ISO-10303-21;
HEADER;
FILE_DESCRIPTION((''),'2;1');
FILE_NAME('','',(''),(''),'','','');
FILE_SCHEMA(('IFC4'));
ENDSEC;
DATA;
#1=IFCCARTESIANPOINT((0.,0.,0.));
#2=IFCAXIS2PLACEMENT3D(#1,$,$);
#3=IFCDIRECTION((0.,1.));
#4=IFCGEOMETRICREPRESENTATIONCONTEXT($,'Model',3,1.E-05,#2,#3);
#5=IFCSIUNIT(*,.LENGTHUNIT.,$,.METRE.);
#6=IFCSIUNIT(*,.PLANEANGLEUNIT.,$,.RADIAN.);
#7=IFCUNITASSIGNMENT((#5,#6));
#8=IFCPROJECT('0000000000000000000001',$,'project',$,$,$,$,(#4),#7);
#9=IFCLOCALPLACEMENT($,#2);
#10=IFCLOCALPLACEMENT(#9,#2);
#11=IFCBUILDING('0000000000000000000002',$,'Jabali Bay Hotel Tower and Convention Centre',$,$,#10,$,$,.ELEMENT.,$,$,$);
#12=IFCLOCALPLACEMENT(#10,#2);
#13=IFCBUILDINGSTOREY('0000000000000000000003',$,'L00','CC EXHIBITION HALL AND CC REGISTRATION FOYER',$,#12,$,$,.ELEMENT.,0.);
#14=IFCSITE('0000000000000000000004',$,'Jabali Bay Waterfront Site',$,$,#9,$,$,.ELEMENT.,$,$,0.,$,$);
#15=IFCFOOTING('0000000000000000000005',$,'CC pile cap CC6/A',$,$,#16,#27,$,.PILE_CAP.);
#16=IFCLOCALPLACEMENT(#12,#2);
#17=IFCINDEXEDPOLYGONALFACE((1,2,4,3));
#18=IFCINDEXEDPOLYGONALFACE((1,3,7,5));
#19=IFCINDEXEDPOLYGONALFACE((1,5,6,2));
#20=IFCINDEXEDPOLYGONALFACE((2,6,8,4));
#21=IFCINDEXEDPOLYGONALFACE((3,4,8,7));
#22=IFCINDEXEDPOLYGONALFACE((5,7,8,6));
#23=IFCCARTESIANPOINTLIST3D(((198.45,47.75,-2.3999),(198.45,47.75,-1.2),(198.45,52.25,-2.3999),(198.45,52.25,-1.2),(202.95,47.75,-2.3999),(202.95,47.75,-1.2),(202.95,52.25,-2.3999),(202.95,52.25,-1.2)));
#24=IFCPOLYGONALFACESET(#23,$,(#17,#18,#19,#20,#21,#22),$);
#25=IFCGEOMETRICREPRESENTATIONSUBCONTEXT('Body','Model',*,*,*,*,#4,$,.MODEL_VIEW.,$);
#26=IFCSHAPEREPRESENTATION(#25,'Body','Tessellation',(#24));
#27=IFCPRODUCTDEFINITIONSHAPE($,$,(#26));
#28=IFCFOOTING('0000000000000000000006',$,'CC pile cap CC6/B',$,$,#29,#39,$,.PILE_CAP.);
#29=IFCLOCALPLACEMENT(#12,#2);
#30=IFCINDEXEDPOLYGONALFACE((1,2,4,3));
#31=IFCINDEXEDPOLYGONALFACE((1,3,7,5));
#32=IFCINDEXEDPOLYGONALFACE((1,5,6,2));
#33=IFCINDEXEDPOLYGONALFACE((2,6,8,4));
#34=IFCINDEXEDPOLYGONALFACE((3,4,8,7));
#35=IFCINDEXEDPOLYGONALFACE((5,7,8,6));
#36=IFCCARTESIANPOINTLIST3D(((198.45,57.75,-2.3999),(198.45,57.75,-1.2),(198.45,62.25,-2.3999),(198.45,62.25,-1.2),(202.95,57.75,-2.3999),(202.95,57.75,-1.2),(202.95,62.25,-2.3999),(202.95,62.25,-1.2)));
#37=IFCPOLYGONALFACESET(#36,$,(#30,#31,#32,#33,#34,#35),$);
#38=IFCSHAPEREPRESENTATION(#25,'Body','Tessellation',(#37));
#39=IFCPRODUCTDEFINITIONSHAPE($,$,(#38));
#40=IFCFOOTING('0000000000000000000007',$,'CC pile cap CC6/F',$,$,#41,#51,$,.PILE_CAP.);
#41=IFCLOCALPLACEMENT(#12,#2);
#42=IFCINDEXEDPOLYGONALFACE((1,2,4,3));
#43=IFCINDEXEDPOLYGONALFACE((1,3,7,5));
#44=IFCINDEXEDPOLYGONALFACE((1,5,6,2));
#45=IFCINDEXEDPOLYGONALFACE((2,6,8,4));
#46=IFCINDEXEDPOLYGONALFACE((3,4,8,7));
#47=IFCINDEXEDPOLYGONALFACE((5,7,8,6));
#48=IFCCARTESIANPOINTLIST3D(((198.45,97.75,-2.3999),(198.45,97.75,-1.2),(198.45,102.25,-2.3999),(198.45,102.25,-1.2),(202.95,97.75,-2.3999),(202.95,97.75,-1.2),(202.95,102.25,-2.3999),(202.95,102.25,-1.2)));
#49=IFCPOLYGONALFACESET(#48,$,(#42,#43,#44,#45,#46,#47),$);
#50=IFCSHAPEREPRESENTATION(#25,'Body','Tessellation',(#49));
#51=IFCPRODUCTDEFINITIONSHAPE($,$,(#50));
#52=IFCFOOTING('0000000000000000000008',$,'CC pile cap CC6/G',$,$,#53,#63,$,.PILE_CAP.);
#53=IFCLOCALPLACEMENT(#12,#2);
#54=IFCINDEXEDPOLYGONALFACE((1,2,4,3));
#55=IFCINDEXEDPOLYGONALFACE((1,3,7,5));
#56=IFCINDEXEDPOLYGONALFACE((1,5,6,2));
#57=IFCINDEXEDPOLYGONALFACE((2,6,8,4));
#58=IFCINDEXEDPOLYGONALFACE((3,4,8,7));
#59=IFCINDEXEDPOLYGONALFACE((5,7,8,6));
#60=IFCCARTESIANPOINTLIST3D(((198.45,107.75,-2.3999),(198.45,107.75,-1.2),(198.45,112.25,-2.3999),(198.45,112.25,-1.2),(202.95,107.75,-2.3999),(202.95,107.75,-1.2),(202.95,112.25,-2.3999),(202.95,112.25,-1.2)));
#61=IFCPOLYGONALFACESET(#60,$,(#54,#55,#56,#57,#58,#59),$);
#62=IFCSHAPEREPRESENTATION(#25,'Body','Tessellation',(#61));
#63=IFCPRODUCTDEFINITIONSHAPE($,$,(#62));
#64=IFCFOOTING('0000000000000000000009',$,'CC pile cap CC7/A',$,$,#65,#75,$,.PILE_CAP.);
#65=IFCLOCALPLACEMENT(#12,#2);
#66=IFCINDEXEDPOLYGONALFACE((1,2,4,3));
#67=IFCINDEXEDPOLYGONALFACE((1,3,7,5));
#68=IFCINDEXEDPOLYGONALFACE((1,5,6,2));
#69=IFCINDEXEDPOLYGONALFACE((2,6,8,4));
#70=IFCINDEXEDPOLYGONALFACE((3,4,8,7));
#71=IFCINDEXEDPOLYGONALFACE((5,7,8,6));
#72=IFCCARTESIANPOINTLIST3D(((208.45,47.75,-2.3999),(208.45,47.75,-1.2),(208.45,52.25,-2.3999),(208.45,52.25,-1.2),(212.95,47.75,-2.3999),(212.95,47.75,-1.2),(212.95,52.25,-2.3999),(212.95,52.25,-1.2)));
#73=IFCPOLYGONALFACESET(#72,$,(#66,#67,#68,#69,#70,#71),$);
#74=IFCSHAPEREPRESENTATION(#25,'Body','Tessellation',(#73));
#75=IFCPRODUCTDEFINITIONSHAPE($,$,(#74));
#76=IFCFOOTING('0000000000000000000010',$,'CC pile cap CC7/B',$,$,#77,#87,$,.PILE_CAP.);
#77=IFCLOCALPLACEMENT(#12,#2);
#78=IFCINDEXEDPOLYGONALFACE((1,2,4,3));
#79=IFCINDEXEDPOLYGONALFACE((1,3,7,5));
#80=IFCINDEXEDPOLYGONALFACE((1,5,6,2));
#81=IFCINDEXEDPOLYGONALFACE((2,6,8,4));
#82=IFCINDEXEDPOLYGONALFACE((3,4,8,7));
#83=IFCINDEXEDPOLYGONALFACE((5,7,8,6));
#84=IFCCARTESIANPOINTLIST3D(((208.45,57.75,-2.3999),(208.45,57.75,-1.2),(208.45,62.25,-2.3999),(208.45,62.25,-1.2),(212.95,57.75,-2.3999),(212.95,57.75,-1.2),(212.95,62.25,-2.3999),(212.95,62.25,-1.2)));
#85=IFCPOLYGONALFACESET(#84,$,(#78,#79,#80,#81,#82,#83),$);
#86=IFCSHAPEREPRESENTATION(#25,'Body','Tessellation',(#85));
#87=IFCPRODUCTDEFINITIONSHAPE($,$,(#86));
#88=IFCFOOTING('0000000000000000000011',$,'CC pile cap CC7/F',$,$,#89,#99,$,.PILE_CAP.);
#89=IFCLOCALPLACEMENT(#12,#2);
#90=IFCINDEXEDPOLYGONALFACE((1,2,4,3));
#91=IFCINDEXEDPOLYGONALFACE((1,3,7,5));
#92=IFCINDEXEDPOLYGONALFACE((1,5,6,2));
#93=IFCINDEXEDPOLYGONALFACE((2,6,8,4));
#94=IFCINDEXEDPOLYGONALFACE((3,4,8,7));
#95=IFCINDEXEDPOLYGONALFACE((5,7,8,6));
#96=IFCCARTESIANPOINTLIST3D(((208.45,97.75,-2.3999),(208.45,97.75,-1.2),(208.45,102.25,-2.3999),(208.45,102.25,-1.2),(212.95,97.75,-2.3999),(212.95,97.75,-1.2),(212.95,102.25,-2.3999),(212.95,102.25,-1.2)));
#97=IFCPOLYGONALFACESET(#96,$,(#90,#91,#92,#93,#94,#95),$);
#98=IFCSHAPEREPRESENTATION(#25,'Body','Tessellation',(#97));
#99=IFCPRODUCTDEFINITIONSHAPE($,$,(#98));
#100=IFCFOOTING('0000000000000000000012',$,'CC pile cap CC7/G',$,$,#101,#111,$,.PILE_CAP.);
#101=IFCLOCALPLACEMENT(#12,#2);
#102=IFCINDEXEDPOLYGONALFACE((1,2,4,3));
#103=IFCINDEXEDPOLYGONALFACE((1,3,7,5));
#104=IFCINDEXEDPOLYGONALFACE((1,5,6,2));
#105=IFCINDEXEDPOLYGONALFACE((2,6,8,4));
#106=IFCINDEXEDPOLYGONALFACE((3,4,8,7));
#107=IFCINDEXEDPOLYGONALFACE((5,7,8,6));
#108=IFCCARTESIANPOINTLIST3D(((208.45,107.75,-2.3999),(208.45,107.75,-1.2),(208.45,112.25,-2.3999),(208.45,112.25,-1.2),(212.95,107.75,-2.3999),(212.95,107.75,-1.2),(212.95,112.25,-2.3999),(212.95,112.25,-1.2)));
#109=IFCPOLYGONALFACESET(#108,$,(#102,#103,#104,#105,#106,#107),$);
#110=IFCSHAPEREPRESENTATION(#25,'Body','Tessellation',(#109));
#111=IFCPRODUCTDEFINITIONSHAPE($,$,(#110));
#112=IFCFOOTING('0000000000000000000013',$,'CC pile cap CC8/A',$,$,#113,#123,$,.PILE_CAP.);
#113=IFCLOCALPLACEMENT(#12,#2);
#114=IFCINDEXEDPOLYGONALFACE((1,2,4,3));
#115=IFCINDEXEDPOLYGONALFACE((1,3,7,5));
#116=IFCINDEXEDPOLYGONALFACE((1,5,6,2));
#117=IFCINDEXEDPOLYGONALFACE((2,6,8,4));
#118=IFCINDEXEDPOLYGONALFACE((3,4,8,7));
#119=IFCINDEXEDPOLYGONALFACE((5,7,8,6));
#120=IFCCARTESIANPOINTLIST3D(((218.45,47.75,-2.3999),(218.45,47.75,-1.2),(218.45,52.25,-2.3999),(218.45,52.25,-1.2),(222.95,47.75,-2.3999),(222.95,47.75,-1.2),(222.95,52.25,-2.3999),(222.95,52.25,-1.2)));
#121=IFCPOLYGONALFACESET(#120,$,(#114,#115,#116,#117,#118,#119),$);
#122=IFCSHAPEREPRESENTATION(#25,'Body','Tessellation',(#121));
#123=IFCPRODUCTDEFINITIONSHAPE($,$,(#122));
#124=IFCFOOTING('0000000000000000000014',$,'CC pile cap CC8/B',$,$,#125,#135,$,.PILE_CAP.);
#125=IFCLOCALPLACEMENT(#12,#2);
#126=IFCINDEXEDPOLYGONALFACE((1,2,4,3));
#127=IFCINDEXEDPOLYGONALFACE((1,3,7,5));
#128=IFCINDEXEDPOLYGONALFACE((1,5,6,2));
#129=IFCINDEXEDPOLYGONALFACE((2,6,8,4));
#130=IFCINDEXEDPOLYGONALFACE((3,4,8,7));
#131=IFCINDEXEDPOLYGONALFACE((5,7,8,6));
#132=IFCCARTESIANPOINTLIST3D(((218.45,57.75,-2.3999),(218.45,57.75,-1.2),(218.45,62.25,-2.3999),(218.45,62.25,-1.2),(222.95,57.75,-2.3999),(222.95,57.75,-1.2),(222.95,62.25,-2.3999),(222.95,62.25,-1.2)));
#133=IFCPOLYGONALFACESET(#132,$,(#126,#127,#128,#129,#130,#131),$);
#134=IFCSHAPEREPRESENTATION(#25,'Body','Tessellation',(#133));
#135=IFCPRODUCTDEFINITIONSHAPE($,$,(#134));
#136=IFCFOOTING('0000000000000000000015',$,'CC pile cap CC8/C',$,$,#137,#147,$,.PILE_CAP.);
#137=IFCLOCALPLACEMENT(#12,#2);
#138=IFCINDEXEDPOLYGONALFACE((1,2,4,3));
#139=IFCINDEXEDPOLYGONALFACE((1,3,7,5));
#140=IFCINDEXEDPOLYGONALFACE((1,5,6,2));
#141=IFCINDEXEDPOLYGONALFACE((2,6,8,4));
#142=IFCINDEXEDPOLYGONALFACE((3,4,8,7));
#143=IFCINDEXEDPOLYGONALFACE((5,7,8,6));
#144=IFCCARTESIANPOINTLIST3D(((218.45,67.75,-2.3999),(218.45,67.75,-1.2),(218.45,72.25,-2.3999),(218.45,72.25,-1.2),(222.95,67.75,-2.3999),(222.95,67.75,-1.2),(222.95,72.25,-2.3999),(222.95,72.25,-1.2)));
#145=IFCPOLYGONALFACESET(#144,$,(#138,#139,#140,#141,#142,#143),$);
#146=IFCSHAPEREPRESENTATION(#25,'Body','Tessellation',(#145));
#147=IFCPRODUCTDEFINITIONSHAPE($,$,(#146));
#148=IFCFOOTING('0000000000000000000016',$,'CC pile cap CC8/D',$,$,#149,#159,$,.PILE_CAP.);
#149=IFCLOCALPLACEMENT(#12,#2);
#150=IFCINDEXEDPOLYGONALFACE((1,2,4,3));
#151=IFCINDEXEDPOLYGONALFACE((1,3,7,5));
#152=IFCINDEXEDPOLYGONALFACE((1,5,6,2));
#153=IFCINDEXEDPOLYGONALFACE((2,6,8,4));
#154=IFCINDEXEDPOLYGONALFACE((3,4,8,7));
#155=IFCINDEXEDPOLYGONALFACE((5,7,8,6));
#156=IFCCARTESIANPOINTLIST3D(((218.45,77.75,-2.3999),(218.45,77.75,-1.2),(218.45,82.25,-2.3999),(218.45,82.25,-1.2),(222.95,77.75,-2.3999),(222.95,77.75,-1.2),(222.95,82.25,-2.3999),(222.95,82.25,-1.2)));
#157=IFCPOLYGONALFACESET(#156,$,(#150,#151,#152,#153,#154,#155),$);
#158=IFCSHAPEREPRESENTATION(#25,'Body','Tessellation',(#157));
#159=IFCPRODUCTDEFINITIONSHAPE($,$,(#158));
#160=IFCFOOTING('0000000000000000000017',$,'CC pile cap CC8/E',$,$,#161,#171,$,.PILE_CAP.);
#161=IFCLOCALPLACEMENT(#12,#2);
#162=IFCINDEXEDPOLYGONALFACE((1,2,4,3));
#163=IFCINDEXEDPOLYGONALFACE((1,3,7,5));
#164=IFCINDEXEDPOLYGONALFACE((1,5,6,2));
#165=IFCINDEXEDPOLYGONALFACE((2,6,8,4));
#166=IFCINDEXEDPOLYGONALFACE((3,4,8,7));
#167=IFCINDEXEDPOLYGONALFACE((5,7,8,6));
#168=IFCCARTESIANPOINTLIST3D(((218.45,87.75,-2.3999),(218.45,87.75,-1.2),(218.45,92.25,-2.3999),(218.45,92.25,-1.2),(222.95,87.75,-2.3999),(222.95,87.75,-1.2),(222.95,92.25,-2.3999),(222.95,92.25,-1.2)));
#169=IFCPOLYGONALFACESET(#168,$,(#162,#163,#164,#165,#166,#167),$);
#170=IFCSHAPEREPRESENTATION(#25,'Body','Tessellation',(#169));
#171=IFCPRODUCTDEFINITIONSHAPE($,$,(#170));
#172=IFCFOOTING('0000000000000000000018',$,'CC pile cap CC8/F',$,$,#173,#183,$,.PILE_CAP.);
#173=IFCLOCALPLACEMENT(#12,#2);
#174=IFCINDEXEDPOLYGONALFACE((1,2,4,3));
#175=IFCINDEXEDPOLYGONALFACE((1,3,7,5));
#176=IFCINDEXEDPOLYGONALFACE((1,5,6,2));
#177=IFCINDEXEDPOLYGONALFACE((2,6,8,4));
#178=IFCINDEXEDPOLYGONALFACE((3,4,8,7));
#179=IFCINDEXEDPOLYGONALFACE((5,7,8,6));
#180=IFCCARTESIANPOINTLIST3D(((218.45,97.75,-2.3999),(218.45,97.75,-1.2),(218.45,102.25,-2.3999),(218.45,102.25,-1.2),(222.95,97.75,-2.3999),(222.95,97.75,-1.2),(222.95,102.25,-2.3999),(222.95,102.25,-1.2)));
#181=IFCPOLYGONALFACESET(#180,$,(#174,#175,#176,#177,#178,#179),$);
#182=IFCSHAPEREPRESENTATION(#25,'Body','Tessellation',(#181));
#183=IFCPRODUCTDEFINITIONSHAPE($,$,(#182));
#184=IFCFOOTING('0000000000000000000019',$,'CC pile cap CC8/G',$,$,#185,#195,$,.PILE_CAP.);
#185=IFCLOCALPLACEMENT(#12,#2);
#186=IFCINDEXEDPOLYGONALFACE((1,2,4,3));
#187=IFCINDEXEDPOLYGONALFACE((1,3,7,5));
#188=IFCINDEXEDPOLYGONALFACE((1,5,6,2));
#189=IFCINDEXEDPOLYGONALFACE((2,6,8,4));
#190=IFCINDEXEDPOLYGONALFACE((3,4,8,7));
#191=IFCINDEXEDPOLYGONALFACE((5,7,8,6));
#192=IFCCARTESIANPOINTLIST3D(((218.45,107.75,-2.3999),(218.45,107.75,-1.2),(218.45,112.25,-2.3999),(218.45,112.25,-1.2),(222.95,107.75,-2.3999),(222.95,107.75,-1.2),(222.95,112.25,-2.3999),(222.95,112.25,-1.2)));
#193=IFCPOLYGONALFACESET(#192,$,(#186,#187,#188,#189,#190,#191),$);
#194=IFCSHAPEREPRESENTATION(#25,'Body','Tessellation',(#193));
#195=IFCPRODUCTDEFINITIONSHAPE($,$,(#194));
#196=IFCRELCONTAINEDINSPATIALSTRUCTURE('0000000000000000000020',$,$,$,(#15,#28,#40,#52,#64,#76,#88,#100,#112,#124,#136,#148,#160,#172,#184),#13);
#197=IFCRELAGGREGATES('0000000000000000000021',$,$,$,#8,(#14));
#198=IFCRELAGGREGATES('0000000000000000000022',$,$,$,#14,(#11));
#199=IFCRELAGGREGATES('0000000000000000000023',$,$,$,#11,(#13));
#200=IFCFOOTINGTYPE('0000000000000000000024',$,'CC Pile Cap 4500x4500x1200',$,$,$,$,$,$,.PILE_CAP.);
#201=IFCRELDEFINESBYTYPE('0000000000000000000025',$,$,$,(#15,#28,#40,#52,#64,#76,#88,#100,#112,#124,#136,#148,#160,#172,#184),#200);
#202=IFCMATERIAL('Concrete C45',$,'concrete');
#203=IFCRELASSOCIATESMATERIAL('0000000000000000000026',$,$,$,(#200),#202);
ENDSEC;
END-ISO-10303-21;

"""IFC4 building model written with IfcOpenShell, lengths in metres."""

from ifc_helpers import new_model, si_unit, direction, frame, origin, place, context, subcontext, project, spatial, polyline, outline, extrude, material, type_object, element, save


model = new_model("IFC4")

# Units and contexts
model_context = context("Model", 3, precision=1e-05, world=origin(), true_north=direction((0.0, 1.0)))
body_context = subcontext(model_context, "Body", "Model", "MODEL_VIEW")
ifc_project = project(units=[si_unit("LENGTHUNIT", "METRE"), si_unit("PLANEANGLEUNIT", "RADIAN")], contexts=[model_context])

# Site, building, storey
site_placement = place(None, origin())
site = spatial("IfcSite", under=ifc_project, at=site_placement, Name="Jabali Bay Waterfront Site", CompositionType="ELEMENT", RefElevation=0.0)
building_placement = place(site_placement, origin())
building = spatial("IfcBuilding", under=site, at=building_placement, Name="Jabali Bay Hotel Tower and Convention Centre", CompositionType="ELEMENT")
storey_placement = place(building_placement, origin())
storey = spatial("IfcBuildingStorey", under=building, at=storey_placement, Name="L00", Description="CC EXHIBITION HALL AND CC REGISTRATION FOYER", CompositionType="ELEMENT", Elevation=0.0)

# Footings
ifc_material = material(Name="Concrete C45", Category="concrete")
footing_type = type_object("IfcFootingType", Name="CC Pile Cap 4500x4500x1200", PredefinedType="PILE_CAP", material=ifc_material)
footing_1_placement = place(storey_placement, frame((0.0, 0.0, -2.3999)))
element("IfcFooting", 1, at=footing_1_placement, inside=storey, type_object=footing_type, Name="CC pile cap CC6/A", PredefinedType="PILE_CAP", context=body_context, shape_type="SweptSolid", body=[
    extrude(outline(polyline([(198.45, 47.75), (202.95, 47.75), (202.95, 52.25), (198.45, 52.25), (198.45, 47.75)])), origin(), (0.0, 0.0, 1.0), 1.2),
])
footing_2_placement = place(storey_placement, frame((0.0, 0.0, -2.3999)))
element("IfcFooting", 2, at=footing_2_placement, inside=storey, type_object=footing_type, Name="CC pile cap CC6/B", PredefinedType="PILE_CAP", context=body_context, shape_type="SweptSolid", body=[
    extrude(outline(polyline([(198.45, 57.75), (202.95, 57.75), (202.95, 62.25), (198.45, 62.25), (198.45, 57.75)])), origin(), (0.0, 0.0, 1.0), 1.2),
])
footing_3_placement = place(storey_placement, frame((0.0, 0.0, -2.3999)))
element("IfcFooting", 3, at=footing_3_placement, inside=storey, type_object=footing_type, Name="CC pile cap CC6/F", PredefinedType="PILE_CAP", context=body_context, shape_type="SweptSolid", body=[
    extrude(outline(polyline([(198.45, 97.75), (202.95, 97.75), (202.95, 102.25), (198.45, 102.25), (198.45, 97.75)])), origin(), (0.0, 0.0, 1.0), 1.2),
])
footing_4_placement = place(storey_placement, frame((0.0, 0.0, -2.3999)))
element("IfcFooting", 4, at=footing_4_placement, inside=storey, type_object=footing_type, Name="CC pile cap CC6/G", PredefinedType="PILE_CAP", context=body_context, shape_type="SweptSolid", body=[
    extrude(outline(polyline([(198.45, 107.75), (202.95, 107.75), (202.95, 112.25), (198.45, 112.25), (198.45, 107.75)])), origin(), (0.0, 0.0, 1.0), 1.2),
])
footing_5_placement = place(storey_placement, frame((0.0, 0.0, -2.3999)))
element("IfcFooting", 5, at=footing_5_placement, inside=storey, type_object=footing_type, Name="CC pile cap CC7/A", PredefinedType="PILE_CAP", context=body_context, shape_type="SweptSolid", body=[
    extrude(outline(polyline([(208.45, 47.75), (212.95, 47.75), (212.95, 52.25), (208.45, 52.25), (208.45, 47.75)])), origin(), (0.0, 0.0, 1.0), 1.2),
])
footing_6_placement = place(storey_placement, frame((0.0, 0.0, -2.3999)))
element("IfcFooting", 6, at=footing_6_placement, inside=storey, type_object=footing_type, Name="CC pile cap CC7/B", PredefinedType="PILE_CAP", context=body_context, shape_type="SweptSolid", body=[
    extrude(outline(polyline([(208.45, 57.75), (212.95, 57.75), (212.95, 62.25), (208.45, 62.25), (208.45, 57.75)])), origin(), (0.0, 0.0, 1.0), 1.2),
])
footing_7_placement = place(storey_placement, frame((0.0, 0.0, -2.3999)))
element("IfcFooting", 7, at=footing_7_placement, inside=storey, type_object=footing_type, Name="CC pile cap CC7/F", PredefinedType="PILE_CAP", context=body_context, shape_type="SweptSolid", body=[
    extrude(outline(polyline([(208.45, 97.75), (212.95, 97.75), (212.95, 102.25), (208.45, 102.25), (208.45, 97.75)])), origin(), (0.0, 0.0, 1.0), 1.2),
])
footing_8_placement = place(storey_placement, frame((0.0, 0.0, -2.3999)))
element("IfcFooting", 8, at=footing_8_placement, inside=storey, type_object=footing_type, Name="CC pile cap CC7/G", PredefinedType="PILE_CAP", context=body_context, shape_type="SweptSolid", body=[
    extrude(outline(polyline([(208.45, 107.75), (212.95, 107.75), (212.95, 112.25), (208.45, 112.25), (208.45, 107.75)])), origin(), (0.0, 0.0, 1.0), 1.2),
])
footing_9_placement = place(storey_placement, frame((0.0, 0.0, -2.3999)))
element("IfcFooting", 9, at=footing_9_placement, inside=storey, type_object=footing_type, Name="CC pile cap CC8/A", PredefinedType="PILE_CAP", context=body_context, shape_type="SweptSolid", body=[
    extrude(outline(polyline([(218.45, 47.75), (222.95, 47.75), (222.95, 52.25), (218.45, 52.25), (218.45, 47.75)])), origin(), (0.0, 0.0, 1.0), 1.2),
])
footing_10_placement = place(storey_placement, frame((0.0, 0.0, -2.3999)))
element("IfcFooting", 10, at=footing_10_placement, inside=storey, type_object=footing_type, Name="CC pile cap CC8/B", PredefinedType="PILE_CAP", context=body_context, shape_type="SweptSolid", body=[
    extrude(outline(polyline([(218.45, 57.75), (222.95, 57.75), (222.95, 62.25), (218.45, 62.25), (218.45, 57.75)])), origin(), (0.0, 0.0, 1.0), 1.2),
])
footing_11_placement = place(storey_placement, frame((0.0, 0.0, -2.3999)))
element("IfcFooting", 11, at=footing_11_placement, inside=storey, type_object=footing_type, Name="CC pile cap CC8/C", PredefinedType="PILE_CAP", context=body_context, shape_type="SweptSolid", body=[
    extrude(outline(polyline([(218.45, 67.75), (222.95, 67.75), (222.95, 72.25), (218.45, 72.25), (218.45, 67.75)])), origin(), (0.0, 0.0, 1.0), 1.2),
])
footing_12_placement = place(storey_placement, frame((0.0, 0.0, -2.3999)))
element("IfcFooting", 12, at=footing_12_placement, inside=storey, type_object=footing_type, Name="CC pile cap CC8/D", PredefinedType="PILE_CAP", context=body_context, shape_type="SweptSolid", body=[
    extrude(outline(polyline([(218.45, 77.75), (222.95, 77.75), (222.95, 82.25), (218.45, 82.25), (218.45, 77.75)])), origin(), (0.0, 0.0, 1.0), 1.2),
])
footing_13_placement = place(storey_placement, frame((0.0, 0.0, -2.3999)))
element("IfcFooting", 13, at=footing_13_placement, inside=storey, type_object=footing_type, Name="CC pile cap CC8/E", PredefinedType="PILE_CAP", context=body_context, shape_type="SweptSolid", body=[
    extrude(outline(polyline([(218.45, 87.75), (222.95, 87.75), (222.95, 92.25), (218.45, 92.25), (218.45, 87.75)])), origin(), (0.0, 0.0, 1.0), 1.2),
])
footing_14_placement = place(storey_placement, frame((0.0, 0.0, -2.3999)))
element("IfcFooting", 14, at=footing_14_placement, inside=storey, type_object=footing_type, Name="CC pile cap CC8/F", PredefinedType="PILE_CAP", context=body_context, shape_type="SweptSolid", body=[
    extrude(outline(polyline([(218.45, 97.75), (222.95, 97.75), (222.95, 102.25), (218.45, 102.25), (218.45, 97.75)])), origin(), (0.0, 0.0, 1.0), 1.2),
])
footing_15_placement = place(storey_placement, frame((0.0, 0.0, -2.3999)))
element("IfcFooting", 15, at=footing_15_placement, inside=storey, type_object=footing_type, Name="CC pile cap CC8/G", PredefinedType="PILE_CAP", context=body_context, shape_type="SweptSolid", body=[
    extrude(outline(polyline([(218.45, 107.75), (222.95, 107.75), (222.95, 112.25), (218.45, 112.25), (218.45, 107.75)])), origin(), (0.0, 0.0, 1.0), 1.2),
])

save(model, "model.ifc")
